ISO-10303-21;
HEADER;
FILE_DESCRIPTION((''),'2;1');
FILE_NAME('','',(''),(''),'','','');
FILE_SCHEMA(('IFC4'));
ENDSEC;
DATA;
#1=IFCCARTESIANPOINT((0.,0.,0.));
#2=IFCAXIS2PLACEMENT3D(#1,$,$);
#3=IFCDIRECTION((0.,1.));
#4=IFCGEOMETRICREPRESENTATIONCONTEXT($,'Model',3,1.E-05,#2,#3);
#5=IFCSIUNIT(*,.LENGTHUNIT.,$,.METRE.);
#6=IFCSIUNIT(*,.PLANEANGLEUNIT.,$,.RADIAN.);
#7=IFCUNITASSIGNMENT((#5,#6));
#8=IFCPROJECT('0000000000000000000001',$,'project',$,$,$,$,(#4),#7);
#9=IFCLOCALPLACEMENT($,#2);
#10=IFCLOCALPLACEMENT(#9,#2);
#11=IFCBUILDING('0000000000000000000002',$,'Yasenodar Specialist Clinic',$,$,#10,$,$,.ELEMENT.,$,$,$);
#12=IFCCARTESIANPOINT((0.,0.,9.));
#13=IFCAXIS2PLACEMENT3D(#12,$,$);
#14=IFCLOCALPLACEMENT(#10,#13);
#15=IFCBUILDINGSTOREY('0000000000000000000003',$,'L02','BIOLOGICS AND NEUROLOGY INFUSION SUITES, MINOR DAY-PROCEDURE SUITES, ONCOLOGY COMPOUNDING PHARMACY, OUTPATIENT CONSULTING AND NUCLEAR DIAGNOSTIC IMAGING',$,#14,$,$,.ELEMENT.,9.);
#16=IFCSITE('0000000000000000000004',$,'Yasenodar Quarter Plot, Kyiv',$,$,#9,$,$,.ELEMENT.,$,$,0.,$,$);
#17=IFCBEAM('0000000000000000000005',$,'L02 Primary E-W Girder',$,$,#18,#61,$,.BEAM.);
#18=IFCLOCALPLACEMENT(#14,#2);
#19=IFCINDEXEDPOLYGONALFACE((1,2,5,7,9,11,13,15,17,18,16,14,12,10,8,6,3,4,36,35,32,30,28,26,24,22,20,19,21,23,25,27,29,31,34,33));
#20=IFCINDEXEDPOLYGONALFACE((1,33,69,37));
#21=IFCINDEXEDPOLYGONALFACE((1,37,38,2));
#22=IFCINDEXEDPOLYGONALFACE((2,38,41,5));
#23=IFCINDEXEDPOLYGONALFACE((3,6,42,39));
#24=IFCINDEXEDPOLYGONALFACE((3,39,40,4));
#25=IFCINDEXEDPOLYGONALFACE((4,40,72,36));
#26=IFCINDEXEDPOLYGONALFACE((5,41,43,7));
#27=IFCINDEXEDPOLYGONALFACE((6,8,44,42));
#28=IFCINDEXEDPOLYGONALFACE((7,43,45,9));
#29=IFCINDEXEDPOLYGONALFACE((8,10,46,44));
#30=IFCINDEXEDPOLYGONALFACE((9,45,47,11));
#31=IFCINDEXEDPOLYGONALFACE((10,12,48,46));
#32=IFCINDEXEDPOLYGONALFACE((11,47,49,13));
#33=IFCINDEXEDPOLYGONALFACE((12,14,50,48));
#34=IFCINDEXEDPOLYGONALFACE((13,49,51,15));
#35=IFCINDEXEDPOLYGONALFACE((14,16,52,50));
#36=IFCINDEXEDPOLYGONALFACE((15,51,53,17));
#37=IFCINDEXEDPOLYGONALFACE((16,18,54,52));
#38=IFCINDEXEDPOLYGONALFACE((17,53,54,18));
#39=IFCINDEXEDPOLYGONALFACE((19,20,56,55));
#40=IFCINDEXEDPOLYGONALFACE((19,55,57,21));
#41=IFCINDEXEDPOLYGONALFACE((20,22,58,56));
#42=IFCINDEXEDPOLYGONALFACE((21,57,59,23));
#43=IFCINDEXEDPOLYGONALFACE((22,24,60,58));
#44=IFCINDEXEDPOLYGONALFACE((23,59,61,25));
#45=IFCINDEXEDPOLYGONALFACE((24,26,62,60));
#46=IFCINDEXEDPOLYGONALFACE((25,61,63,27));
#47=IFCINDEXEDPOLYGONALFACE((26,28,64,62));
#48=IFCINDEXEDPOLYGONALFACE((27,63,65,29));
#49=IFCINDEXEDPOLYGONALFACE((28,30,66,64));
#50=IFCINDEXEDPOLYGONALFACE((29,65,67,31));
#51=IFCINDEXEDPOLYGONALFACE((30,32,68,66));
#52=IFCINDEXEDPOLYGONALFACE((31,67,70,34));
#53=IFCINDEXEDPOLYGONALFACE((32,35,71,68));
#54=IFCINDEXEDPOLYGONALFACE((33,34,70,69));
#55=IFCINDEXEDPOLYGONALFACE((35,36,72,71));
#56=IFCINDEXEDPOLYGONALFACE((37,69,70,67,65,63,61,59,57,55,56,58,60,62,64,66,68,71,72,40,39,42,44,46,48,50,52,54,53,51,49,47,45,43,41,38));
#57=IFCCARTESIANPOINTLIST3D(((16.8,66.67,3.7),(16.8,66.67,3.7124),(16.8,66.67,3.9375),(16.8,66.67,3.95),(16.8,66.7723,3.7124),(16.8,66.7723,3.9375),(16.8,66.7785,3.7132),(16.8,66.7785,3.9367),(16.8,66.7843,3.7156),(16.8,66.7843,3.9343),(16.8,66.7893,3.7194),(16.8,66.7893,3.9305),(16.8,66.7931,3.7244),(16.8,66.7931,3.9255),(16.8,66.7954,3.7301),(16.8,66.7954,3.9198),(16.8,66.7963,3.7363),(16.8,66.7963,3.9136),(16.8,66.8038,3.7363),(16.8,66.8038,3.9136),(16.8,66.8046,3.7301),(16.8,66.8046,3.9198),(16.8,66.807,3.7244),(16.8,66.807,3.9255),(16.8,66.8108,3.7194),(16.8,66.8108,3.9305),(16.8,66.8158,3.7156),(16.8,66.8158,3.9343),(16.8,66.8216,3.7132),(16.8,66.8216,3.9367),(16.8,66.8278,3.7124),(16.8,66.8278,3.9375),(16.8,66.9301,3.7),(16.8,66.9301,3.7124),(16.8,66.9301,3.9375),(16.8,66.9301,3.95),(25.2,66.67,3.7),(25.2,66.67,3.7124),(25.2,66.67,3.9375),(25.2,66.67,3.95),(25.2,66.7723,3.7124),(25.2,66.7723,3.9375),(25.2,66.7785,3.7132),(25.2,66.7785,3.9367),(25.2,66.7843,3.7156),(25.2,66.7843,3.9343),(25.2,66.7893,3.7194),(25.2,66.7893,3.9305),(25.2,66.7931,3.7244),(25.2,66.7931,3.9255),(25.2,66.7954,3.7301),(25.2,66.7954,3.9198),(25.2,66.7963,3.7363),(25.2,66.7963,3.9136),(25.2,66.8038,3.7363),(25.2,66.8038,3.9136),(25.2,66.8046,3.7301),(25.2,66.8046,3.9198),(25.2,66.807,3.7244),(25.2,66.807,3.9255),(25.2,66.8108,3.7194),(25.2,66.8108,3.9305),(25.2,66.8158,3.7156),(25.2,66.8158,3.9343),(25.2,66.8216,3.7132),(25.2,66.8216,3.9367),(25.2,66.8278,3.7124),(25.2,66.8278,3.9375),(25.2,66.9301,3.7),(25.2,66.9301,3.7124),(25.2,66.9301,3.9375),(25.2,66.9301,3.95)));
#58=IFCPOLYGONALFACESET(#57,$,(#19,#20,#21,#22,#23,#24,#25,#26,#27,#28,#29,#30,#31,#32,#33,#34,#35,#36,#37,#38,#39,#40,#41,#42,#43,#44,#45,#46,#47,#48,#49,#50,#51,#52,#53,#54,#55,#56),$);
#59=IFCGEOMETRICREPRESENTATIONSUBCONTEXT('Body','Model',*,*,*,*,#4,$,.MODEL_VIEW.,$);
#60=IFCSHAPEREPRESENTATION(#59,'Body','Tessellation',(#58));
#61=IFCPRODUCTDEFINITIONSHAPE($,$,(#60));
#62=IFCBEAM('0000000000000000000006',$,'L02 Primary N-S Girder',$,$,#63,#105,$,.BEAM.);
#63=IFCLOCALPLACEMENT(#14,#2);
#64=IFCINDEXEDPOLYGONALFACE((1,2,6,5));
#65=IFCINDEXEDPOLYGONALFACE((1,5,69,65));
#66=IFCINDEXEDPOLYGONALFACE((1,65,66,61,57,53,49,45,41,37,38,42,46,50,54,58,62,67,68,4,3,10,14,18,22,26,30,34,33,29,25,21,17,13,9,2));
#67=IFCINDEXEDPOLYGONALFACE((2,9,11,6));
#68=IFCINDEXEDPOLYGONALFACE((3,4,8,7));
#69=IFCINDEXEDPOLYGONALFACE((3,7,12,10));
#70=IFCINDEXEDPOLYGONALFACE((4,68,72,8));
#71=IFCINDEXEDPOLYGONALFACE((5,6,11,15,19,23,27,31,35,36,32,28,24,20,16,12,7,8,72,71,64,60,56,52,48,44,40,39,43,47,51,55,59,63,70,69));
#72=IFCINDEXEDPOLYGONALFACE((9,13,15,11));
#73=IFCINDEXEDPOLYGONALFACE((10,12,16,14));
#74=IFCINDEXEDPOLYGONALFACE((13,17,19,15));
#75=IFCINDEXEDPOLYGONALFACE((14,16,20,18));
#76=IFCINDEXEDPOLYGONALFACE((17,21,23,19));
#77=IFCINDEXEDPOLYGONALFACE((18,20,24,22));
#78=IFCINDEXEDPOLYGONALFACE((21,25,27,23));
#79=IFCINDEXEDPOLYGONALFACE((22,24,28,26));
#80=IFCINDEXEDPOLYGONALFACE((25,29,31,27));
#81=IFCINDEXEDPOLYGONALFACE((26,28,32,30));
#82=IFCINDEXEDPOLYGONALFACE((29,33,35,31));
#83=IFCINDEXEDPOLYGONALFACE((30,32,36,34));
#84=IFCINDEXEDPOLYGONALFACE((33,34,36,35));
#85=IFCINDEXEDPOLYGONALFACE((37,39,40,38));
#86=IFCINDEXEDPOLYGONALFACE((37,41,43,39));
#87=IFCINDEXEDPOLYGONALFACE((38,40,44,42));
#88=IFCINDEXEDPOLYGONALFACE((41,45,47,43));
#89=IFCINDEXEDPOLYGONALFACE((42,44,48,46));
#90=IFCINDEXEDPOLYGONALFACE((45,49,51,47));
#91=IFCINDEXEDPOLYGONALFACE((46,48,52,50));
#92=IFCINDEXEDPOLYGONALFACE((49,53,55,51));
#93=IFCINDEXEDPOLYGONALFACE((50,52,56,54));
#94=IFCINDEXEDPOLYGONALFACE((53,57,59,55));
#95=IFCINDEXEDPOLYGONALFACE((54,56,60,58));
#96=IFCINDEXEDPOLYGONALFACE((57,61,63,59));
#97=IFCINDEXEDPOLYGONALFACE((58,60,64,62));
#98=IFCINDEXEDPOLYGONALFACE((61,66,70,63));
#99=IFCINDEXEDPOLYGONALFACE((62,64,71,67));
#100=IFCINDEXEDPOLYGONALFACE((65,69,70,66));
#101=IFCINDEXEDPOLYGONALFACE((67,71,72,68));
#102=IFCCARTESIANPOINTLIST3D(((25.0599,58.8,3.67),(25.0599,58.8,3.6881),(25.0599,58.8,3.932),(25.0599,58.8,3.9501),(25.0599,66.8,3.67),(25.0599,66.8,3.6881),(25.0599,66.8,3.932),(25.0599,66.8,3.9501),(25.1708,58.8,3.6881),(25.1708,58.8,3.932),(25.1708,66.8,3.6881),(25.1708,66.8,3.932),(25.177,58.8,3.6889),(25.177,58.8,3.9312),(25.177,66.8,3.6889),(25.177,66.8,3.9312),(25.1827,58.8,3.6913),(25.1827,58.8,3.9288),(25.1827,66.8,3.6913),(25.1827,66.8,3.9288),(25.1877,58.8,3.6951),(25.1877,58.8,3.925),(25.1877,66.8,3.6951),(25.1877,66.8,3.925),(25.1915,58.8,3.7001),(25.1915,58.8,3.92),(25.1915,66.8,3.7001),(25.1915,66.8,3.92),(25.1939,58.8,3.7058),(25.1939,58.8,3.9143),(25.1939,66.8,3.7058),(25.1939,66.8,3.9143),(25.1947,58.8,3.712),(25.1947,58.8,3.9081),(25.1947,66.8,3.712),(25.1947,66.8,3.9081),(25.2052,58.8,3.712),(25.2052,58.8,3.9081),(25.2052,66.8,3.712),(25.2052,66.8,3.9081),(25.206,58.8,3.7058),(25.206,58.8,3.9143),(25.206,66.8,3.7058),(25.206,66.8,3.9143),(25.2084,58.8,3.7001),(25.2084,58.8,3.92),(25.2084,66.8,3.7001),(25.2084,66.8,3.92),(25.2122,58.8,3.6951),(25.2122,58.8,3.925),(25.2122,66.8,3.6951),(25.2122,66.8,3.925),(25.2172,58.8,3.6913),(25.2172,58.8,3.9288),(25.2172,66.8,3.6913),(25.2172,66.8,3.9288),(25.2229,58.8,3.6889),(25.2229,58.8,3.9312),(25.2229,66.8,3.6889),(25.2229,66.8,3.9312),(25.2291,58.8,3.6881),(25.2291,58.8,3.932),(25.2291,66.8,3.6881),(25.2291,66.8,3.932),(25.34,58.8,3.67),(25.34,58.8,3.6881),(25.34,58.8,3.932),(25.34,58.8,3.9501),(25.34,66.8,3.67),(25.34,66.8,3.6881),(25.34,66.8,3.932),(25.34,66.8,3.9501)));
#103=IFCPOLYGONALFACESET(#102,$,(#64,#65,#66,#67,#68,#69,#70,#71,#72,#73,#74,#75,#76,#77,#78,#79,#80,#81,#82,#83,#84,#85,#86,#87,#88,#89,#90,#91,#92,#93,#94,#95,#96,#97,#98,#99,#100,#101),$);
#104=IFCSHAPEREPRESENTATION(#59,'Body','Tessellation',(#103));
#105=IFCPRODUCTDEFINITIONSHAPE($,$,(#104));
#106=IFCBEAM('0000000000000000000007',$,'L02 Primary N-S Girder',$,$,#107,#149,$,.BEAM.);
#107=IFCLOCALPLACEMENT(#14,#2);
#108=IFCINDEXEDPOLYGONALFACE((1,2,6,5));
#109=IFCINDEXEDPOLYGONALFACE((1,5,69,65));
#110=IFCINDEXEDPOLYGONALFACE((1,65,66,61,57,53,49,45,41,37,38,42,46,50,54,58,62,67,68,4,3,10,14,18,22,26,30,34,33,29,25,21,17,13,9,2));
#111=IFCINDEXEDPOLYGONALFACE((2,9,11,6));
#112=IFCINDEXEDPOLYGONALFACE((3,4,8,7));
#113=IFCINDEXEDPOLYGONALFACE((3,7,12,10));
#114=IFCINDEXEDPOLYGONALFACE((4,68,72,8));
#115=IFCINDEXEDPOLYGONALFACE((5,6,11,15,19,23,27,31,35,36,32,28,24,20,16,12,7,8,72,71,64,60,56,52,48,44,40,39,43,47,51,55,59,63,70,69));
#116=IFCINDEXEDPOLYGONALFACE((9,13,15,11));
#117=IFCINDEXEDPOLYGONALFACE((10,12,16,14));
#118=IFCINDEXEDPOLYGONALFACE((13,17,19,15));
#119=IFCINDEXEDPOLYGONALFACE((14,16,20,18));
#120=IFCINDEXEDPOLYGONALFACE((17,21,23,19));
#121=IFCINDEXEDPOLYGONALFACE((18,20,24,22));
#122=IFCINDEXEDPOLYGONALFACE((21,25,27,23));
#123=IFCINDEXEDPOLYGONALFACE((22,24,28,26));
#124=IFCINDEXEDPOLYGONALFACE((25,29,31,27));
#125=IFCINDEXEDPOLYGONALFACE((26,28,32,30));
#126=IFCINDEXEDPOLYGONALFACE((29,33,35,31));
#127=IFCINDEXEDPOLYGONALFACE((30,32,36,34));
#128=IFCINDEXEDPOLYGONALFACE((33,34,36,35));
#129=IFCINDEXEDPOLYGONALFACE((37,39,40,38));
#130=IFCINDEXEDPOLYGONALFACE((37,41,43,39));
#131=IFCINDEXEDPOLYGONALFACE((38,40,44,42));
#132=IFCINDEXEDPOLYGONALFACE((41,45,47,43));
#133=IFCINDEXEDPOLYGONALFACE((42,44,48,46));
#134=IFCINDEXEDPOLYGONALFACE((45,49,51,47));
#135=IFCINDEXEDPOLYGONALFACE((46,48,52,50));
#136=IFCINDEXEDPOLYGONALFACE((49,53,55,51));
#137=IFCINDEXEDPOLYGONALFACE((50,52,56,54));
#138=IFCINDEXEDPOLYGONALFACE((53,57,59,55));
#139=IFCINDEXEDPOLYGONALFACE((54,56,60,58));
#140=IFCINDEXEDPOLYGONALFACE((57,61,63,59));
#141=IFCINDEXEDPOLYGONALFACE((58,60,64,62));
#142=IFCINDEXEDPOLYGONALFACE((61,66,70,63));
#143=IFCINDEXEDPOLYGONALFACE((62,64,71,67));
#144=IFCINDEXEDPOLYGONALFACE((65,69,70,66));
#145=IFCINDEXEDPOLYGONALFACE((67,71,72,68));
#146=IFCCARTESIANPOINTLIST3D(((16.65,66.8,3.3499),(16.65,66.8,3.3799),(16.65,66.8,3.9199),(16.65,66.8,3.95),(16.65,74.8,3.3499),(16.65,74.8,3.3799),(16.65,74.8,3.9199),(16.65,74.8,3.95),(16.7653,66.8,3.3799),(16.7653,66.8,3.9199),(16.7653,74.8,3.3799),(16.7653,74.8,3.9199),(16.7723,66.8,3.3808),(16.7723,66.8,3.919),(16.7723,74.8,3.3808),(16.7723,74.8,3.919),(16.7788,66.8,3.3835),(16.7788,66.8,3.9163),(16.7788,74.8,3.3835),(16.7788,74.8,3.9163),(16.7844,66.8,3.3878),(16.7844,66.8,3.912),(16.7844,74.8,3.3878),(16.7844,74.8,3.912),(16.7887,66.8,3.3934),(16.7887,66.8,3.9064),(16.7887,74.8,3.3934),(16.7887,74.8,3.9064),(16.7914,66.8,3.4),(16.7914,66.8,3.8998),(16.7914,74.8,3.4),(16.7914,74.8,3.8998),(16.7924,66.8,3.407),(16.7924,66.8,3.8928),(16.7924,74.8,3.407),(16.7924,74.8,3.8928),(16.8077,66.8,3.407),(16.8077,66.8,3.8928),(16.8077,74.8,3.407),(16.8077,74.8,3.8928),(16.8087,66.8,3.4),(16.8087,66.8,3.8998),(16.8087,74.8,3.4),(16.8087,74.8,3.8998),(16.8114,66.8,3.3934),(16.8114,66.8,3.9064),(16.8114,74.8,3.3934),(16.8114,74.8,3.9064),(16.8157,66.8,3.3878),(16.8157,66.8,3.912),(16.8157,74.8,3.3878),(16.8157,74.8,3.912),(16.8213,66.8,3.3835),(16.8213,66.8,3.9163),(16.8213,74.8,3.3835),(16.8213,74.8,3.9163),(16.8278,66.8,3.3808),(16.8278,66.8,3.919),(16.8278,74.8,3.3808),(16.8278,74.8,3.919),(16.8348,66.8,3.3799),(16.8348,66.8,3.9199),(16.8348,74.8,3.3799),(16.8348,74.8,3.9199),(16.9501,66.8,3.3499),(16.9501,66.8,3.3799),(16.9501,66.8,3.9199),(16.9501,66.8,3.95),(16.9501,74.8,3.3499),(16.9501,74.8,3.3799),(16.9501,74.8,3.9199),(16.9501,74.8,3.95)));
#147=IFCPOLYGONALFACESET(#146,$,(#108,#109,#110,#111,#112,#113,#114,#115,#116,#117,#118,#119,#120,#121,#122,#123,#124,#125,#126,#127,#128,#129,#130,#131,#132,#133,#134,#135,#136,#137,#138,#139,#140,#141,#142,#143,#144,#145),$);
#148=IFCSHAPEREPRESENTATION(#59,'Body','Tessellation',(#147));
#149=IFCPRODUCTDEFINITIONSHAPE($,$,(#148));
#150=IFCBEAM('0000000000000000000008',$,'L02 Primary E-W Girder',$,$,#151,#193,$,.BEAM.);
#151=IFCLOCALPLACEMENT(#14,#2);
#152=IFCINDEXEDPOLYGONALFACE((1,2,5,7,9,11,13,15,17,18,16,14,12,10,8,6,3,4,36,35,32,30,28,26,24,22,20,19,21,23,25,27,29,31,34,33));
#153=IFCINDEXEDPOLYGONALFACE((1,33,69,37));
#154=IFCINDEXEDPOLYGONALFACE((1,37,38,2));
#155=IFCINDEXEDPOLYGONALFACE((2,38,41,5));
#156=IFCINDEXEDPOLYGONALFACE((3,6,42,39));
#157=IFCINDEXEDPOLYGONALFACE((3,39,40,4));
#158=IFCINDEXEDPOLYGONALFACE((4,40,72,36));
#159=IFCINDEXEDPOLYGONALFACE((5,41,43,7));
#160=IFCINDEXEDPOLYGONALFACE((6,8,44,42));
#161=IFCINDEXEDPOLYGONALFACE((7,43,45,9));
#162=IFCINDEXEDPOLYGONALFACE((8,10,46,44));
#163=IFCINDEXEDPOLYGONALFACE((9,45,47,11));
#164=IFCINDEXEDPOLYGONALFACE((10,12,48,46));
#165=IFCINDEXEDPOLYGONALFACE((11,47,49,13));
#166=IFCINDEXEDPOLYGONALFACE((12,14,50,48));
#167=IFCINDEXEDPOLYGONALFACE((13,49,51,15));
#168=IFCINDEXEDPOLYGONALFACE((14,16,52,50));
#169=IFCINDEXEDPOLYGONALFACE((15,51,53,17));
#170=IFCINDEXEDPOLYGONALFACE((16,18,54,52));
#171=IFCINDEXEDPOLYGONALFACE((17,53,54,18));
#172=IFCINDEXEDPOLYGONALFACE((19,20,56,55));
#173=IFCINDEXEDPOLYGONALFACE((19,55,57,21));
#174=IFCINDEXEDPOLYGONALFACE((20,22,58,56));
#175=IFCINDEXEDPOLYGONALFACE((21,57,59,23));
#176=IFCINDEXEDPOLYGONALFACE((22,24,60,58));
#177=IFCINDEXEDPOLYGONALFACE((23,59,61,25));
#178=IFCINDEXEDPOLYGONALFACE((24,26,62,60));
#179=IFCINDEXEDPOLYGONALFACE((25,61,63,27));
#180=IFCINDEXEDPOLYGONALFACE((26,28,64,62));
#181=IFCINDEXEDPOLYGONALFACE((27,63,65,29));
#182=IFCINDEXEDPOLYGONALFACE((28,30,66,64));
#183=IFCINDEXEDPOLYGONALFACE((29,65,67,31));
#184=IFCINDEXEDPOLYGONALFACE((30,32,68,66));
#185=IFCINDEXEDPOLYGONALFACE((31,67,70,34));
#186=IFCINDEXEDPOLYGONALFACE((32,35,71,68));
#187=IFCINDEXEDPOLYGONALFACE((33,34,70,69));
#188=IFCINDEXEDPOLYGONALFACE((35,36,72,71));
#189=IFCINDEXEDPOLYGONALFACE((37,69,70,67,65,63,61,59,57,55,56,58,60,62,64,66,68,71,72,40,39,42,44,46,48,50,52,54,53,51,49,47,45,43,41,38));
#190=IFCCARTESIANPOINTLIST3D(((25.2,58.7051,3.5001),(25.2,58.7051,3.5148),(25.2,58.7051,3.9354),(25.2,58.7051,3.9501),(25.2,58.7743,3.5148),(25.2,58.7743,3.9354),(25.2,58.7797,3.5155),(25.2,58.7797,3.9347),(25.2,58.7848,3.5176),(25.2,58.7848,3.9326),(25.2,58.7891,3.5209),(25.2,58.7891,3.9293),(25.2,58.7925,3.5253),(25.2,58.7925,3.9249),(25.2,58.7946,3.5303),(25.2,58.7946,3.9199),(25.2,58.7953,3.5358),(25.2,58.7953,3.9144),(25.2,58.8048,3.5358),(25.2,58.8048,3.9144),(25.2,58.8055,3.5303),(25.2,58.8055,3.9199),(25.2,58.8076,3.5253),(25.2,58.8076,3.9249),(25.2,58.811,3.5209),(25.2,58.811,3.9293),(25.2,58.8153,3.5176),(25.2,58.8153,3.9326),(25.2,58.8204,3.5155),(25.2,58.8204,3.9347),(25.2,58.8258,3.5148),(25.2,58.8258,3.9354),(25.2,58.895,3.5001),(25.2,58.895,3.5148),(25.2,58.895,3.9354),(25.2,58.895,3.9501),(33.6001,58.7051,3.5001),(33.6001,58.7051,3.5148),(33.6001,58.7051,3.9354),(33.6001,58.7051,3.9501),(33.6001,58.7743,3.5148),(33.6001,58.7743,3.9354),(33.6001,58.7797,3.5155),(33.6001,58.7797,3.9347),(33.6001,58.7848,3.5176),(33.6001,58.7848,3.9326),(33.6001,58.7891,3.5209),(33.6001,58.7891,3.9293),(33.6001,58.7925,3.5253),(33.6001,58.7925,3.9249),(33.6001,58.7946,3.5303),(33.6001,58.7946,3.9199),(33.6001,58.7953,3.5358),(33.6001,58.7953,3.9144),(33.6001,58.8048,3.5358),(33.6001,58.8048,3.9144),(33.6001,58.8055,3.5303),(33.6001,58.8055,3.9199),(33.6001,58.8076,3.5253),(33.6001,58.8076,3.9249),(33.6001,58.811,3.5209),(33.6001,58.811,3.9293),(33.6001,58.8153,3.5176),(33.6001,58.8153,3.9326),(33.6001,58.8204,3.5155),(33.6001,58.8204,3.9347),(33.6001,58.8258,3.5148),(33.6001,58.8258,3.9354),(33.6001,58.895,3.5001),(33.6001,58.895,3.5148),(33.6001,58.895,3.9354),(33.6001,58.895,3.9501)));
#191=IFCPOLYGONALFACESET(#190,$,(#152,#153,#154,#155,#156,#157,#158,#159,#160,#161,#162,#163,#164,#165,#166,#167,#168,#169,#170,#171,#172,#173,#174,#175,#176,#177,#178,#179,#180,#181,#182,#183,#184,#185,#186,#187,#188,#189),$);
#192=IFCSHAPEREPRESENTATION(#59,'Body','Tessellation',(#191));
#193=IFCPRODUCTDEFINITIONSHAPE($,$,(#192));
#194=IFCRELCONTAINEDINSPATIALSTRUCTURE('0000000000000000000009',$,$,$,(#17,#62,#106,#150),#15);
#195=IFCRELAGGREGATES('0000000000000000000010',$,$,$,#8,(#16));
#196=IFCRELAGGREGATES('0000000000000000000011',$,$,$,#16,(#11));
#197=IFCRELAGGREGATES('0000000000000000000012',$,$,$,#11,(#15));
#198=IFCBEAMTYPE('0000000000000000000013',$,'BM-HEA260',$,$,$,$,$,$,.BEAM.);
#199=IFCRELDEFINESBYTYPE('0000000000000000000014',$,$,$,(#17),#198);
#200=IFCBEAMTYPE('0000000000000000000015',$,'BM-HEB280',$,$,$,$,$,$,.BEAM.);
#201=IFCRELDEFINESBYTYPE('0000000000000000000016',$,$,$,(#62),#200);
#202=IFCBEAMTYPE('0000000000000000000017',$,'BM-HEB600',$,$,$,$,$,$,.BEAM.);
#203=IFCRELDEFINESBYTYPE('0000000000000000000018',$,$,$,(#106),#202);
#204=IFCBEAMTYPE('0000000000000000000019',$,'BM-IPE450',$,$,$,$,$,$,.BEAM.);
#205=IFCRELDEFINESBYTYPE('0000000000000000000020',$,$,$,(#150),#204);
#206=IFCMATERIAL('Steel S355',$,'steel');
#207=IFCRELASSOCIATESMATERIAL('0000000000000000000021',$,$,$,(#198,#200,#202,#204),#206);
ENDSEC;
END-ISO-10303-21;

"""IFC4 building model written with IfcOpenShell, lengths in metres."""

from ifc_helpers import new_model, si_unit, direction, frame, origin, origin_2d, place, context, subcontext, project, spatial, i_section, extrude, material, material_profile, profile_set, type_object, element, save


model = new_model("IFC4")

# Units and contexts
model_context = context("Model", 3, precision=1e-05, world=origin(), true_north=direction((0.0, 1.0)))
body_context = subcontext(model_context, "Body", "Model", "MODEL_VIEW")
ifc_project = project(units=[si_unit("LENGTHUNIT", "METRE"), si_unit("PLANEANGLEUNIT", "RADIAN")], contexts=[model_context])

# Site, building, storey
site_placement = place(None, origin())
site = spatial("IfcSite", under=ifc_project, at=site_placement, Name="Yasenodar Quarter Plot, Kyiv", CompositionType="ELEMENT", RefElevation=0.0)
building_placement = place(site_placement, origin())
building = spatial("IfcBuilding", under=site, at=building_placement, Name="Yasenodar Specialist Clinic", CompositionType="ELEMENT")
storey_placement = place(building_placement, frame((0.0, 0.0, 9.0)))
storey = spatial("IfcBuildingStorey", under=building, at=storey_placement, Name="L02", Description="BIOLOGICS AND NEUROLOGY INFUSION SUITES, MINOR DAY-PROCEDURE SUITES, ONCOLOGY COMPOUNDING PHARMACY, OUTPATIENT CONSULTING AND NUCLEAR DIAGNOSTIC IMAGING", CompositionType="ELEMENT", Elevation=9.0)

# Shared definitions
ifc_material_1 = material(Name="Steel S355", Category="steel")

# Beams
ifc_material_profile_1 = material_profile(ifc_material_1, i_section(OverallWidth=0.26, OverallDepth=0.25, WebThickness=0.0076, FlangeThickness=0.0125, FilletRadius=0.0239, at=origin_2d()), Name="HEA 260")
ifc_profile_set_1 = profile_set([ifc_material_profile_1], Name="Steel S355")
beam_type_1 = type_object("IfcBeamType", Name="BM-HEA260", PredefinedType="BEAM", material=ifc_profile_set_1)
beam_1_placement = place(storey_placement, frame((16.8, 66.8, 3.825), z_axis=(1.0, 0.0, 0.0), x_axis=(0.0, 1.0, 0.0)))
element("IfcBeam", 1, at=beam_1_placement, inside=storey, type_object=beam_type_1, Name="L02 Primary E-W Girder", PredefinedType="BEAM", context=body_context, shape_type="SweptSolid", body=[
    extrude(i_section(OverallWidth=0.26, OverallDepth=0.25, WebThickness=0.0076, FlangeThickness=0.0125, FilletRadius=0.0239, at=origin_2d()), origin(), (0.0, 0.0, 1.0), 8.3999),
])
ifc_material_profile_2 = material_profile(ifc_material_1, i_section(OverallWidth=0.28, OverallDepth=0.28, WebThickness=0.0105, FlangeThickness=0.0181, FilletRadius=0.0239, at=origin_2d()), Name="HEB 280")
ifc_profile_set_2 = profile_set([ifc_material_profile_2], Name="Steel S355")
beam_type_2 = type_object("IfcBeamType", Name="BM-HEB280", PredefinedType="BEAM", material=ifc_profile_set_2)
beam_2_placement = place(storey_placement, frame((25.2, 58.8, 3.8101), z_axis=(0.0, 1.0, 0.0), x_axis=(-1.0, 0.0, 0.0)))
element("IfcBeam", 2, at=beam_2_placement, inside=storey, type_object=beam_type_2, Name="L02 Primary N-S Girder", PredefinedType="BEAM", context=body_context, shape_type="SweptSolid", body=[
    extrude(i_section(OverallWidth=0.28, OverallDepth=0.28, WebThickness=0.0105, FlangeThickness=0.0181, FilletRadius=0.0239, at=origin_2d()), origin(), (0.0, 0.0, 1.0), 8.0),
])
ifc_material_profile_3 = material_profile(ifc_material_1, i_section(OverallWidth=0.3, OverallDepth=0.6001, WebThickness=0.0154, FlangeThickness=0.03, FilletRadius=0.0271, at=origin_2d()), Name="HEB 600")
ifc_profile_set_3 = profile_set([ifc_material_profile_3], Name="Steel S355")
beam_type_3 = type_object("IfcBeamType", Name="BM-HEB600", PredefinedType="BEAM", material=ifc_profile_set_3)
beam_3_placement = place(storey_placement, frame((16.8, 66.8, 3.6499), z_axis=(0.0, 1.0, 0.0), x_axis=(-1.0, 0.0, 0.0)))
element("IfcBeam", 3, at=beam_3_placement, inside=storey, type_object=beam_type_3, Name="L02 Primary N-S Girder", PredefinedType="BEAM", context=body_context, shape_type="SweptSolid", body=[
    extrude(i_section(OverallWidth=0.3, OverallDepth=0.6001, WebThickness=0.0154, FlangeThickness=0.03, FilletRadius=0.0271, at=origin_2d()), origin(), (0.0, 0.0, 1.0), 8.0),
])
ifc_material_profile_4 = material_profile(ifc_material_1, i_section(OverallWidth=0.1899, OverallDepth=0.45, WebThickness=0.0095, FlangeThickness=0.0146, FilletRadius=0.021, at=origin_2d()), Name="IPE 450")
ifc_profile_set_4 = profile_set([ifc_material_profile_4], Name="Steel S355")
beam_type_4 = type_object("IfcBeamType", Name="BM-IPE450", PredefinedType="BEAM", material=ifc_profile_set_4)
beam_4_placement = place(storey_placement, frame((25.2, 58.8, 3.7251), z_axis=(1.0, 0.0, 0.0), x_axis=(0.0, 1.0, 0.0)))
element("IfcBeam", 4, at=beam_4_placement, inside=storey, type_object=beam_type_4, Name="L02 Primary E-W Girder", PredefinedType="BEAM", context=body_context, shape_type="SweptSolid", body=[
    extrude(i_section(OverallWidth=0.1899, OverallDepth=0.45, WebThickness=0.0095, FlangeThickness=0.0146, FilletRadius=0.021, at=origin_2d()), origin(), (0.0, 0.0, 1.0), 8.4001),
])

save(model, "model.ifc")
